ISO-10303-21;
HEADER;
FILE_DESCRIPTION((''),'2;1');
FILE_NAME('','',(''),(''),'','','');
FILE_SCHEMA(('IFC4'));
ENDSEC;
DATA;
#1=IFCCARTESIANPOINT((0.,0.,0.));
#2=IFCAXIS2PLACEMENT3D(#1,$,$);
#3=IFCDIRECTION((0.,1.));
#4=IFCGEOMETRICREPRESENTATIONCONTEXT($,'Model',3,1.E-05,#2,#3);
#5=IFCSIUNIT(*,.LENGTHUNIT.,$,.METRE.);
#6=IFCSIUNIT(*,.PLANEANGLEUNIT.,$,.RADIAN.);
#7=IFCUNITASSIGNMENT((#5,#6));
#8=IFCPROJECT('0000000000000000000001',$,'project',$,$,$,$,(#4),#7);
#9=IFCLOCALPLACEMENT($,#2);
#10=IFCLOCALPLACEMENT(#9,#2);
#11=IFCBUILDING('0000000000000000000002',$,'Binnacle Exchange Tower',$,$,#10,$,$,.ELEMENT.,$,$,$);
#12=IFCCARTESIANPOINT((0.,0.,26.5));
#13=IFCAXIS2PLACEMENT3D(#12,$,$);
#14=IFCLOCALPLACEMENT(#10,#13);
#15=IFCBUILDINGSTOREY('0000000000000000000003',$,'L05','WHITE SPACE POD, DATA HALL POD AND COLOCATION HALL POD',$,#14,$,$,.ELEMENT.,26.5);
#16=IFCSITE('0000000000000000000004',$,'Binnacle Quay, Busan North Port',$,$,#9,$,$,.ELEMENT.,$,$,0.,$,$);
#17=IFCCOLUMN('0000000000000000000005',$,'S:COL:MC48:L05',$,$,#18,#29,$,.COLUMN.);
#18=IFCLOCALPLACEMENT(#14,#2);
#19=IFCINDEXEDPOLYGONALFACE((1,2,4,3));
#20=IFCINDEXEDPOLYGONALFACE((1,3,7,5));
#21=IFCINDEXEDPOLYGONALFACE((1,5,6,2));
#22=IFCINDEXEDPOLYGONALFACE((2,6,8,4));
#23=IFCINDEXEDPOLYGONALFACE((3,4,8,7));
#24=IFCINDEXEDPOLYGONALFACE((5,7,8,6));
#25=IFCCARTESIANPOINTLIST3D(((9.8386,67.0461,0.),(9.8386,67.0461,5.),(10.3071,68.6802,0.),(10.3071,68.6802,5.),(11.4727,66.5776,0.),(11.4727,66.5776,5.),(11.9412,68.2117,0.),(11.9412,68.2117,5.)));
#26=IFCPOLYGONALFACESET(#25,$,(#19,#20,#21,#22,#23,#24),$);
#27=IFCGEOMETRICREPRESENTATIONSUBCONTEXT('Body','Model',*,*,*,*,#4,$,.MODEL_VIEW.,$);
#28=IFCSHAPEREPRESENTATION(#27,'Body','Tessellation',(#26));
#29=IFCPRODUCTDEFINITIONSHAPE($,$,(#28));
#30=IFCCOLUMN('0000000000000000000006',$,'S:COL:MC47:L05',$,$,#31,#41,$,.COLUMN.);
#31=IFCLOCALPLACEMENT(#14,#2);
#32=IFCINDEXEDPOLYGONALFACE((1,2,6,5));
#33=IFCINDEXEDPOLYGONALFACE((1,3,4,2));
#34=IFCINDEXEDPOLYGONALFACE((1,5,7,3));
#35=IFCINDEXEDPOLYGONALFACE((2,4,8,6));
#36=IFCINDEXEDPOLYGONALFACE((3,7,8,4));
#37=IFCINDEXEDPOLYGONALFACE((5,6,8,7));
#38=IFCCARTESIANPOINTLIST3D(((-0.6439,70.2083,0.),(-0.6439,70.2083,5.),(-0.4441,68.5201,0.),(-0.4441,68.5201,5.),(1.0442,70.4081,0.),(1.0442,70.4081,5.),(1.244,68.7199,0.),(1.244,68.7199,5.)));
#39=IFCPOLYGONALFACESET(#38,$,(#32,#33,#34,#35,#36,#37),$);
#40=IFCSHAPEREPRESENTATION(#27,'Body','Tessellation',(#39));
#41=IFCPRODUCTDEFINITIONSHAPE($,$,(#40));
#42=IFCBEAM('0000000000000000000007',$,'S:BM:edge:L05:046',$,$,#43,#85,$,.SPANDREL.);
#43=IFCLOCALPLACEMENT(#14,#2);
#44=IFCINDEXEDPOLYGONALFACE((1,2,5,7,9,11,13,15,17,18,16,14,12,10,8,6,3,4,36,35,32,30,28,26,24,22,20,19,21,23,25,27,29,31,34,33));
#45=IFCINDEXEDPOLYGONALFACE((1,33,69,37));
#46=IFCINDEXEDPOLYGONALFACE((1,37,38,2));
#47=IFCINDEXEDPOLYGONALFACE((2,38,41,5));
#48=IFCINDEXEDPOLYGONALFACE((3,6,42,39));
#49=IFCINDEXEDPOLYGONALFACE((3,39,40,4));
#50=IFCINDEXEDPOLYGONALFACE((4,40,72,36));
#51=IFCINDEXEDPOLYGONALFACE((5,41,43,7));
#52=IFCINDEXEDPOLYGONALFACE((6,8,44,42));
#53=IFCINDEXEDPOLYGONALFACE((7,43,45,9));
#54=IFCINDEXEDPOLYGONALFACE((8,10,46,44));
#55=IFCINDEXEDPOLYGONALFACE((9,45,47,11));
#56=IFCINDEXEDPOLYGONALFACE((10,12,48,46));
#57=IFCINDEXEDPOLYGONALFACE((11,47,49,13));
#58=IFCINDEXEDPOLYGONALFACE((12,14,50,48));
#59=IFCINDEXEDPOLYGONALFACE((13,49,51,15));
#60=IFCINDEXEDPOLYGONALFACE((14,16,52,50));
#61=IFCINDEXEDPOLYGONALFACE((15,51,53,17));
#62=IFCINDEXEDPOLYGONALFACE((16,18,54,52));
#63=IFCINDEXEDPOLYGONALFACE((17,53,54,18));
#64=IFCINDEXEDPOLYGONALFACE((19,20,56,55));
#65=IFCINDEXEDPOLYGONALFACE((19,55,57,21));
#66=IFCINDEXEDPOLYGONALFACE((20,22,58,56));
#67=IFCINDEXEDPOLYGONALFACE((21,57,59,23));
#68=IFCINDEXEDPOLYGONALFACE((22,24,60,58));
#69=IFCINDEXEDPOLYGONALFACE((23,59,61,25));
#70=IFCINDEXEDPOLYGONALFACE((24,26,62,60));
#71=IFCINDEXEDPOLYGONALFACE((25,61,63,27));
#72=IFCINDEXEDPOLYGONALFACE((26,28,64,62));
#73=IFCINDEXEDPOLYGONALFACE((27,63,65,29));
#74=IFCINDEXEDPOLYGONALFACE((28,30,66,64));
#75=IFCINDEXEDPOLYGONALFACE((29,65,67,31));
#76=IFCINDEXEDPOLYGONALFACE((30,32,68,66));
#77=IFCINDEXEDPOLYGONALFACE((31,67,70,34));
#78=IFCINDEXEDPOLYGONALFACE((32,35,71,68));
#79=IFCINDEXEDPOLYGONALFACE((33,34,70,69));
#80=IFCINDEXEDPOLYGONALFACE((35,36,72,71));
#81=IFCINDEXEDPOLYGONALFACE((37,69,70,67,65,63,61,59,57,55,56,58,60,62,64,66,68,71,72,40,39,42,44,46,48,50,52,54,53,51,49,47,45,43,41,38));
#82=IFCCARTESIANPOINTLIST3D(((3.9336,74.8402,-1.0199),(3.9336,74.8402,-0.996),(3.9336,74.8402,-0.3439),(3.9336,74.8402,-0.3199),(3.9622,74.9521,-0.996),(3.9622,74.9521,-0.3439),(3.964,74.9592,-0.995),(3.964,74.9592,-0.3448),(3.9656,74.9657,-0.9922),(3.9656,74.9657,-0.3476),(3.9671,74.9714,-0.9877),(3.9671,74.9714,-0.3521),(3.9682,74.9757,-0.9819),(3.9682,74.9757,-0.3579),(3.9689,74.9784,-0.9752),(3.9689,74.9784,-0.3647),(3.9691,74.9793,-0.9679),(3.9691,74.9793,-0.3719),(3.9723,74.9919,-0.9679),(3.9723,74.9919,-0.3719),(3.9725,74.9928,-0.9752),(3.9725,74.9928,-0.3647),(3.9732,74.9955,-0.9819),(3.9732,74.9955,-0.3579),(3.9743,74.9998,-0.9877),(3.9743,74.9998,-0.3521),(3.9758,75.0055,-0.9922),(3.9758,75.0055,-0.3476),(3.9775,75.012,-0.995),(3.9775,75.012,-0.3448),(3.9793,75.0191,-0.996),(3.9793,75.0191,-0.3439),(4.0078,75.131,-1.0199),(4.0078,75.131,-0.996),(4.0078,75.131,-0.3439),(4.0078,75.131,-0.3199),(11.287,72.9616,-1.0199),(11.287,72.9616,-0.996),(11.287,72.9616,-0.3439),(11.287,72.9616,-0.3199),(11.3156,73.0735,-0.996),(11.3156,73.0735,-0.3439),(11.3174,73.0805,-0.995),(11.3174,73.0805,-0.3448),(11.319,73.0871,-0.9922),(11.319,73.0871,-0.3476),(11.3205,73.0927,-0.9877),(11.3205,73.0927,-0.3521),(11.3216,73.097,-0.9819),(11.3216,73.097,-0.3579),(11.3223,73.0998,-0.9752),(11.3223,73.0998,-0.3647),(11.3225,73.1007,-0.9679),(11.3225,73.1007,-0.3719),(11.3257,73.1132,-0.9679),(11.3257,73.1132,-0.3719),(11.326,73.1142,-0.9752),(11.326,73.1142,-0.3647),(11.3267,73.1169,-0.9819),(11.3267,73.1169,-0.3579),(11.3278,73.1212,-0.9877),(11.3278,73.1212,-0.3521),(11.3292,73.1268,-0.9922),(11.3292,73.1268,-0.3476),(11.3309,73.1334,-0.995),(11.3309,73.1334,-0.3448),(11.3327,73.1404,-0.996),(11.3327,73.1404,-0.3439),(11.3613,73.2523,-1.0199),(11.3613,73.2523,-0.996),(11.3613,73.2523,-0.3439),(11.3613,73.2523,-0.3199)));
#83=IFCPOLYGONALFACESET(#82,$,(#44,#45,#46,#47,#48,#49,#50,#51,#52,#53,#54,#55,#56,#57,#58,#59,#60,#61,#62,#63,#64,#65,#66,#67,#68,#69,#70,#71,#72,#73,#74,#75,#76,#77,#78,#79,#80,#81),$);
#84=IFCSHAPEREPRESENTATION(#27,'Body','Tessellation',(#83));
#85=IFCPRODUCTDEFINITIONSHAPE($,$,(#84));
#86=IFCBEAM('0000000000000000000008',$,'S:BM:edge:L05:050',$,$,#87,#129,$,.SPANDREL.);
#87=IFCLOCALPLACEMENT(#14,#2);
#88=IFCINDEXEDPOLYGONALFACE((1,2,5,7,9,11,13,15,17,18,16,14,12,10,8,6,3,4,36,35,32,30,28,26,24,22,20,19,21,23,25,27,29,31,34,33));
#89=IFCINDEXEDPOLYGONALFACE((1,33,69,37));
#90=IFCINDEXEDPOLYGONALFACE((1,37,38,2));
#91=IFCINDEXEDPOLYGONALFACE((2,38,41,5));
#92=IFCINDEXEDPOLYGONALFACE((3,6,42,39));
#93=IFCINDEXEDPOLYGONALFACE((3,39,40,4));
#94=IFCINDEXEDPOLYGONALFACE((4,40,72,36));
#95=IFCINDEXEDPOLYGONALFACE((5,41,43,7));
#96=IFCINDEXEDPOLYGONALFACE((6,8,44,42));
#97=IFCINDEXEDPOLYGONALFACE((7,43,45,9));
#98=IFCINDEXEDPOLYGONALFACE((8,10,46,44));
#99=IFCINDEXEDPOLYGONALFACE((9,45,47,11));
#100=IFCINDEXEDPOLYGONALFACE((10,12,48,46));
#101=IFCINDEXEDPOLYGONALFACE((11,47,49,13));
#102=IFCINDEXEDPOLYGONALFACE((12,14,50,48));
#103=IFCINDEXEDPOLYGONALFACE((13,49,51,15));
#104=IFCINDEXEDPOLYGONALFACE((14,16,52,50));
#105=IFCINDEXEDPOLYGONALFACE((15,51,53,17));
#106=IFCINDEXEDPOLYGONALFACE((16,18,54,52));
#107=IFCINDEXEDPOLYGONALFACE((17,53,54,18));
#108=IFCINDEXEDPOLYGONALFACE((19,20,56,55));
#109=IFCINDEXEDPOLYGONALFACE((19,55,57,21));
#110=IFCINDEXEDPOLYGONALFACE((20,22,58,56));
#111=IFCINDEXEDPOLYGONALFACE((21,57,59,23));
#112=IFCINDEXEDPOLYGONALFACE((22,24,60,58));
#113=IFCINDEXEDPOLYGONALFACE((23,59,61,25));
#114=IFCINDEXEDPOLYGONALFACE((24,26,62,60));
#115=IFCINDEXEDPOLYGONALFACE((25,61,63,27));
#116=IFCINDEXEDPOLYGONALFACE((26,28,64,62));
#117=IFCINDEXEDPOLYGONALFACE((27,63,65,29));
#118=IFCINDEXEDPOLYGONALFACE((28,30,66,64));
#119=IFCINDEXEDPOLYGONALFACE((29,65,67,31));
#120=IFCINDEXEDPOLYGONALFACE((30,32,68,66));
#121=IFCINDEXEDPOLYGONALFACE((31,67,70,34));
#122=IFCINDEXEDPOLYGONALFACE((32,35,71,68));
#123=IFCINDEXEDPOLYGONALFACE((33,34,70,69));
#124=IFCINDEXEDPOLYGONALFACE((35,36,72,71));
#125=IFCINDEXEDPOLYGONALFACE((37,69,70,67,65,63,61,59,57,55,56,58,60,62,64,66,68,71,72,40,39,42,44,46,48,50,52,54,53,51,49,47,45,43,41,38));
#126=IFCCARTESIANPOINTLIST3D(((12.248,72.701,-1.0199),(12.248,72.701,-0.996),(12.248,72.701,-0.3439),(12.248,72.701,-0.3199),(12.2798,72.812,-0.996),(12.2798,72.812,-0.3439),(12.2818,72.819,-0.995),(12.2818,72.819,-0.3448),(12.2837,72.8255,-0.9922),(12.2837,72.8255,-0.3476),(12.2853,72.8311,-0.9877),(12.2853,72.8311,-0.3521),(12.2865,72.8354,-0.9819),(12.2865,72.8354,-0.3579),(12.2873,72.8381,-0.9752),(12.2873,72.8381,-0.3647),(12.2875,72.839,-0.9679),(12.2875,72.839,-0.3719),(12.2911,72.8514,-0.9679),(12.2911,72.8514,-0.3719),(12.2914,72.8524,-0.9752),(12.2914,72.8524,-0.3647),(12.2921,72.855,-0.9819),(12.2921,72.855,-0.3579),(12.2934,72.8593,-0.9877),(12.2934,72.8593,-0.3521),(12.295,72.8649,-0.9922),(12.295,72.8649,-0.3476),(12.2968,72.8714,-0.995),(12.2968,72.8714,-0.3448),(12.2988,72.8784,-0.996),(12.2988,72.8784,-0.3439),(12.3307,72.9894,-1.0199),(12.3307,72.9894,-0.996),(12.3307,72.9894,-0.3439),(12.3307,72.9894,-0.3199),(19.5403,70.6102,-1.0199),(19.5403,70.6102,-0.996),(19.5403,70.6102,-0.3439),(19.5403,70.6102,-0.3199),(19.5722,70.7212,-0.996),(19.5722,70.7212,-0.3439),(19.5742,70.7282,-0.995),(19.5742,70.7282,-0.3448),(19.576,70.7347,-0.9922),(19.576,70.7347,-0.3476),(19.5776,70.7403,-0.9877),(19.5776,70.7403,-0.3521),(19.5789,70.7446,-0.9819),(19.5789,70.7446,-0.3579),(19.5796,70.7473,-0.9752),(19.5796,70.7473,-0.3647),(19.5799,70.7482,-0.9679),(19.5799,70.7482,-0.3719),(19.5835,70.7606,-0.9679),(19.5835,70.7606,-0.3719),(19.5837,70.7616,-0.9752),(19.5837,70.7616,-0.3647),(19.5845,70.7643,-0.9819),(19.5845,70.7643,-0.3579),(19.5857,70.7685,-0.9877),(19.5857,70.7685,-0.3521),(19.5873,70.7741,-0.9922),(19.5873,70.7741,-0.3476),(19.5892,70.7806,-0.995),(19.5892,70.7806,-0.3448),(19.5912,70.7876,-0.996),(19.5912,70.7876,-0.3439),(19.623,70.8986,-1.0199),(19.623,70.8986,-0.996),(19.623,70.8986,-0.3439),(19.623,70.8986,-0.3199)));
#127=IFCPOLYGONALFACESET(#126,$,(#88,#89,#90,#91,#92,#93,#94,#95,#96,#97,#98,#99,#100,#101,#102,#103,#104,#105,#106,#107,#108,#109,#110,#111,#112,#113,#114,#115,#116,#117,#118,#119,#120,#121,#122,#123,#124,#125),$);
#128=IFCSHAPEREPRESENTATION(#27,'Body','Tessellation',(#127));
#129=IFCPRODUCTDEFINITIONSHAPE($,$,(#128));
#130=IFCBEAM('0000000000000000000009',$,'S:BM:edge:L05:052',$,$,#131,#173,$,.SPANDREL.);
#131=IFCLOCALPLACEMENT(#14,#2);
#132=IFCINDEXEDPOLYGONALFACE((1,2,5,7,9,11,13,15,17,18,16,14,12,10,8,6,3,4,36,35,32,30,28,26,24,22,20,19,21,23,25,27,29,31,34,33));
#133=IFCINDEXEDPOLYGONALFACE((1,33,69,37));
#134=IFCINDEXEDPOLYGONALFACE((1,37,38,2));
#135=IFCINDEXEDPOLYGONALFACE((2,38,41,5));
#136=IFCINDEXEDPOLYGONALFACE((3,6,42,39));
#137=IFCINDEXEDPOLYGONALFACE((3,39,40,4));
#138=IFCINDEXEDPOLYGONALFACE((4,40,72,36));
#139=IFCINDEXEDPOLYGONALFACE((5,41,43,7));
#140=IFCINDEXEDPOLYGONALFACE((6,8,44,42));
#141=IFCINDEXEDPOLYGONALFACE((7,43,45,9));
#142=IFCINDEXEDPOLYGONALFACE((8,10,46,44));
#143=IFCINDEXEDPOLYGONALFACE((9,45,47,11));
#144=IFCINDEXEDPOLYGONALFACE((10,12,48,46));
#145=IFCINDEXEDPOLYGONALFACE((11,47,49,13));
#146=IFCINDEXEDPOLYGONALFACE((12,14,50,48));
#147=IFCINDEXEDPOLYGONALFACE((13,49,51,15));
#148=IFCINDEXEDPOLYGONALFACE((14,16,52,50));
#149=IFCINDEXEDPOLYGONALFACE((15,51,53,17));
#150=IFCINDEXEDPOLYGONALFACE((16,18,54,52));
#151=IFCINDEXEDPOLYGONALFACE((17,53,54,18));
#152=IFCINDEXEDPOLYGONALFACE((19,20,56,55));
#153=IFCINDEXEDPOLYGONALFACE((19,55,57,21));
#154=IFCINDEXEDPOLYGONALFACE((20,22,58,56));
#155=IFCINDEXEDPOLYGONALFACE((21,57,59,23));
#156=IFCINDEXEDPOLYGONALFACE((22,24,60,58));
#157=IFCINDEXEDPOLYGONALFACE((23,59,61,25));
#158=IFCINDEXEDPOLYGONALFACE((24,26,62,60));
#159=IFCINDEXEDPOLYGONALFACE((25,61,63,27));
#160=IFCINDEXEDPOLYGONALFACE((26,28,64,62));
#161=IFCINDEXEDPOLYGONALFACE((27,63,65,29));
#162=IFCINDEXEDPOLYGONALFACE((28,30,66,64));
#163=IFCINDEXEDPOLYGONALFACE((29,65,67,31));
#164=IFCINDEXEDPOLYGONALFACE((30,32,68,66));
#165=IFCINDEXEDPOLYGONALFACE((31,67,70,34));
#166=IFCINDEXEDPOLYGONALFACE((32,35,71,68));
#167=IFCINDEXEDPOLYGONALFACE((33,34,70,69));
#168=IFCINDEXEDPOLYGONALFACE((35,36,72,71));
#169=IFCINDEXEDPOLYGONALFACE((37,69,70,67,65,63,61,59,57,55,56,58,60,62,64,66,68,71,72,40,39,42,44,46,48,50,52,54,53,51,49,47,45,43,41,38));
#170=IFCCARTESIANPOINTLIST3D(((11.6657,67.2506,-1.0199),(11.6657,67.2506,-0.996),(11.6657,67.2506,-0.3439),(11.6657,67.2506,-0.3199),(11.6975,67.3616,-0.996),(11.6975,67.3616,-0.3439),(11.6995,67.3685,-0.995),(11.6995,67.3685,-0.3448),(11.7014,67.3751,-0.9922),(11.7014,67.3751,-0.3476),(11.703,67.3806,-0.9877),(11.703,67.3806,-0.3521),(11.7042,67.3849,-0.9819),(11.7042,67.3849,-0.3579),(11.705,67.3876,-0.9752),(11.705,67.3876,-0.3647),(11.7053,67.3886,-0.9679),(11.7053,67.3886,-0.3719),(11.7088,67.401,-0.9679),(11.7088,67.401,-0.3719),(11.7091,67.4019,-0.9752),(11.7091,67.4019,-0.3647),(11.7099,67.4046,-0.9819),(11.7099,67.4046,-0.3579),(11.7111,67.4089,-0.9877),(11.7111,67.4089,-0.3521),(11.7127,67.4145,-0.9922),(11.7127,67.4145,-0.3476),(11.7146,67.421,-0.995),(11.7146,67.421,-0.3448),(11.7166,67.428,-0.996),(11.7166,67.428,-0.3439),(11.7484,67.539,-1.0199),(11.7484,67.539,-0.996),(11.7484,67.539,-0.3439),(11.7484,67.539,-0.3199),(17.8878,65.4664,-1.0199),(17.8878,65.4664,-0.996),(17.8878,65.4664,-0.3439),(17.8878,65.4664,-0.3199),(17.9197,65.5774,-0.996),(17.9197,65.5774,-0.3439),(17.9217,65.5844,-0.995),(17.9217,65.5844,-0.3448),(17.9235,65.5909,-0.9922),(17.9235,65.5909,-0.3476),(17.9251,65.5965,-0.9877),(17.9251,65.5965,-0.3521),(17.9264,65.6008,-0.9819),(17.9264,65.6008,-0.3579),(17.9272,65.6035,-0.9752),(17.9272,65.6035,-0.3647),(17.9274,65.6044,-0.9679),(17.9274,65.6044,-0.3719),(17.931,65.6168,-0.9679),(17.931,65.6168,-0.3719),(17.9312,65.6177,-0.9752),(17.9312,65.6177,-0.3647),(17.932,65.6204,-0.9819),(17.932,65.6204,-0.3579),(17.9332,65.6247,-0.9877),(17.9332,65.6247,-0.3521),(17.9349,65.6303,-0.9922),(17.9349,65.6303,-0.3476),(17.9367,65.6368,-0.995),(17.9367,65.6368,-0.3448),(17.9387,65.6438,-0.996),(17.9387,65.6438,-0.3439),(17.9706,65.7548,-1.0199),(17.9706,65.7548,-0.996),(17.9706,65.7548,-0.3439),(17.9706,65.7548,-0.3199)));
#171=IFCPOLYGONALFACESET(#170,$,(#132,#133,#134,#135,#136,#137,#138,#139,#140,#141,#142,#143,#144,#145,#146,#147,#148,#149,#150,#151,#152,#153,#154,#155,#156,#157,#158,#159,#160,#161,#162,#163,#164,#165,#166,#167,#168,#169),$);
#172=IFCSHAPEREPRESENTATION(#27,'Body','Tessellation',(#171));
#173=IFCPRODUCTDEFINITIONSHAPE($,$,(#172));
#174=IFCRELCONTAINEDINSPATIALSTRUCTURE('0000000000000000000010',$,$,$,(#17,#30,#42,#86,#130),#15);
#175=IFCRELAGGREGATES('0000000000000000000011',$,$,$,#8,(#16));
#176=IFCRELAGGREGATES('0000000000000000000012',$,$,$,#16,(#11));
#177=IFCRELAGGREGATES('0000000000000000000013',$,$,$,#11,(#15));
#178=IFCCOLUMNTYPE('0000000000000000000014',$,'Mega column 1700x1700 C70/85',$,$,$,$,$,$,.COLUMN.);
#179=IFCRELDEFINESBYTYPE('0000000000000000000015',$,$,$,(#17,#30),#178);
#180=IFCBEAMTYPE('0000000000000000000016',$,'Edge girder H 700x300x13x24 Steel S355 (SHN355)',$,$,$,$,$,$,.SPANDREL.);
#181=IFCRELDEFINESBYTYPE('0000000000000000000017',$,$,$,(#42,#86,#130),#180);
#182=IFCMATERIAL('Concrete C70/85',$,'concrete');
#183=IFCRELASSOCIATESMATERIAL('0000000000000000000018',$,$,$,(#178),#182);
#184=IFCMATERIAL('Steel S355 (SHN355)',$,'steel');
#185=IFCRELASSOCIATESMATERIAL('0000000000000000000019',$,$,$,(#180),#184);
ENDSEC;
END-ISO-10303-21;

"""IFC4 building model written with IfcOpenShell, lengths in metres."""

from ifc_helpers import new_model, si_unit, direction, frame, origin, origin_2d, place, context, subcontext, project, spatial, rectangle, i_section, extrude, material, material_profile, profile_set, type_object, element, save


model = new_model("IFC4")

# Units and contexts
model_context = context("Model", 3, precision=1e-05, world=origin(), true_north=direction((0.0, 1.0)))
body_context = subcontext(model_context, "Body", "Model", "MODEL_VIEW")
ifc_project = project(units=[si_unit("LENGTHUNIT", "METRE"), si_unit("PLANEANGLEUNIT", "RADIAN")], contexts=[model_context])

# Site, building, storey
site_placement = place(None, origin())
site = spatial("IfcSite", under=ifc_project, at=site_placement, Name="Binnacle Quay, Busan North Port", CompositionType="ELEMENT", RefElevation=0.0)
building_placement = place(site_placement, origin())
building = spatial("IfcBuilding", under=site, at=building_placement, Name="Binnacle Exchange Tower", CompositionType="ELEMENT")
storey_placement = place(building_placement, frame((0.0, 0.0, 26.5)))
storey = spatial("IfcBuildingStorey", under=building, at=storey_placement, Name="L05", Description="WHITE SPACE POD, DATA HALL POD AND COLOCATION HALL POD", CompositionType="ELEMENT", Elevation=26.5)

# Columns
ifc_material_1 = material(Name="Concrete C70/85", Category="concrete")
ifc_material_profile_1 = material_profile(ifc_material_1, rectangle(XDim=1.7, YDim=1.7, at=origin_2d()), Name="Mega column 1700x1700 C70/85")
ifc_profile_set_1 = profile_set([ifc_material_profile_1], Name="Concrete C70/85")
column_type = type_object("IfcColumnType", Name="Mega column 1700x1700 C70/85", PredefinedType="COLUMN", material=ifc_profile_set_1)
for number, where, z_axis, x_axis, name in (
    (1, (10.8899, 67.6289, 0.0), (0.0, 0.0, 1.0), (-0.961262, 0.275637, 0.0), "S:COL:MC48:L05"),
    (2, (0.3, 69.4641, 0.0), (0.0, 0.0, 1.0), (-0.993068, -0.117537, 0.0), "S:COL:MC47:L05"),
):
    element("IfcColumn", number, at=place(storey_placement, frame(where, z_axis=z_axis, x_axis=x_axis)), inside=storey, type_object=column_type, Name=name, PredefinedType="COLUMN", context=body_context, shape_type="SweptSolid", body=[
        extrude(rectangle(XDim=1.7, YDim=1.7, at=origin_2d()), origin(), (0.0, 0.0, 1.0), 5.0),
    ])

# Beams
ifc_material_2 = material(Name="Steel S355 (SHN355)", Category="steel")
ifc_material_profile_2 = material_profile(ifc_material_2, i_section(OverallWidth=0.3, OverallDepth=0.7, WebThickness=0.0129, FlangeThickness=0.0239, FilletRadius=0.0281, at=origin_2d()), Name="H 700x300x13x24")
ifc_profile_set_2 = profile_set([ifc_material_profile_2], Name="Steel S355 (SHN355)")
beam_type_1 = type_object("IfcBeamType", Name="Edge girder H 700x300x13x24 Steel S355 (SHN355)", PredefinedType="SPANDREL", material=ifc_profile_set_2)
beam_1_placement = place(storey_placement, frame((3.9707, 74.9856, -0.6699), z_axis=(0.968881, -0.247528, 0.0), x_axis=(0.247528, 0.968881, 0.0)))
element("IfcBeam", 3, at=beam_1_placement, inside=storey, type_object=beam_type_1, Name="S:BM:edge:L05:046", PredefinedType="SPANDREL", context=body_context, shape_type="SweptSolid", body=[
    extrude(i_section(OverallWidth=0.3, OverallDepth=0.7, WebThickness=0.0129, FlangeThickness=0.0239, FilletRadius=0.0281, at=origin_2d()), origin(), (0.0, 0.0, 1.0), 7.5896),
])
beam_2_placement = place(storey_placement, frame((12.2893, 72.8452, -0.6699), z_axis=(0.961271, -0.275605, 0.0), x_axis=(0.275605, 0.961271, 0.0)))
element("IfcBeam", 4, at=beam_2_placement, inside=storey, type_object=beam_type_1, Name="S:BM:edge:L05:050", PredefinedType="SPANDREL", context=body_context, shape_type="SweptSolid", body=[
    extrude(i_section(OverallWidth=0.3, OverallDepth=0.7, WebThickness=0.0129, FlangeThickness=0.0239, FilletRadius=0.0281, at=origin_2d()), origin(), (0.0, 0.0, 1.0), 7.5862),
])
beam_3_placement = place(storey_placement, frame((17.9292, 65.6106, -0.6699), z_axis=(-0.961262, 0.275638, 0.0), x_axis=(-0.275638, -0.961262, 0.0)))
element("IfcBeam", 5, at=beam_3_placement, inside=storey, type_object=beam_type_1, Name="S:BM:edge:L05:052", PredefinedType="SPANDREL", context=body_context, shape_type="SweptSolid", body=[
    extrude(i_section(OverallWidth=0.3, OverallDepth=0.7, WebThickness=0.0129, FlangeThickness=0.0239, FilletRadius=0.0281, at=origin_2d()), origin(), (0.0, 0.0, 1.0), 6.4729),
])

save(model, "model.ifc")
